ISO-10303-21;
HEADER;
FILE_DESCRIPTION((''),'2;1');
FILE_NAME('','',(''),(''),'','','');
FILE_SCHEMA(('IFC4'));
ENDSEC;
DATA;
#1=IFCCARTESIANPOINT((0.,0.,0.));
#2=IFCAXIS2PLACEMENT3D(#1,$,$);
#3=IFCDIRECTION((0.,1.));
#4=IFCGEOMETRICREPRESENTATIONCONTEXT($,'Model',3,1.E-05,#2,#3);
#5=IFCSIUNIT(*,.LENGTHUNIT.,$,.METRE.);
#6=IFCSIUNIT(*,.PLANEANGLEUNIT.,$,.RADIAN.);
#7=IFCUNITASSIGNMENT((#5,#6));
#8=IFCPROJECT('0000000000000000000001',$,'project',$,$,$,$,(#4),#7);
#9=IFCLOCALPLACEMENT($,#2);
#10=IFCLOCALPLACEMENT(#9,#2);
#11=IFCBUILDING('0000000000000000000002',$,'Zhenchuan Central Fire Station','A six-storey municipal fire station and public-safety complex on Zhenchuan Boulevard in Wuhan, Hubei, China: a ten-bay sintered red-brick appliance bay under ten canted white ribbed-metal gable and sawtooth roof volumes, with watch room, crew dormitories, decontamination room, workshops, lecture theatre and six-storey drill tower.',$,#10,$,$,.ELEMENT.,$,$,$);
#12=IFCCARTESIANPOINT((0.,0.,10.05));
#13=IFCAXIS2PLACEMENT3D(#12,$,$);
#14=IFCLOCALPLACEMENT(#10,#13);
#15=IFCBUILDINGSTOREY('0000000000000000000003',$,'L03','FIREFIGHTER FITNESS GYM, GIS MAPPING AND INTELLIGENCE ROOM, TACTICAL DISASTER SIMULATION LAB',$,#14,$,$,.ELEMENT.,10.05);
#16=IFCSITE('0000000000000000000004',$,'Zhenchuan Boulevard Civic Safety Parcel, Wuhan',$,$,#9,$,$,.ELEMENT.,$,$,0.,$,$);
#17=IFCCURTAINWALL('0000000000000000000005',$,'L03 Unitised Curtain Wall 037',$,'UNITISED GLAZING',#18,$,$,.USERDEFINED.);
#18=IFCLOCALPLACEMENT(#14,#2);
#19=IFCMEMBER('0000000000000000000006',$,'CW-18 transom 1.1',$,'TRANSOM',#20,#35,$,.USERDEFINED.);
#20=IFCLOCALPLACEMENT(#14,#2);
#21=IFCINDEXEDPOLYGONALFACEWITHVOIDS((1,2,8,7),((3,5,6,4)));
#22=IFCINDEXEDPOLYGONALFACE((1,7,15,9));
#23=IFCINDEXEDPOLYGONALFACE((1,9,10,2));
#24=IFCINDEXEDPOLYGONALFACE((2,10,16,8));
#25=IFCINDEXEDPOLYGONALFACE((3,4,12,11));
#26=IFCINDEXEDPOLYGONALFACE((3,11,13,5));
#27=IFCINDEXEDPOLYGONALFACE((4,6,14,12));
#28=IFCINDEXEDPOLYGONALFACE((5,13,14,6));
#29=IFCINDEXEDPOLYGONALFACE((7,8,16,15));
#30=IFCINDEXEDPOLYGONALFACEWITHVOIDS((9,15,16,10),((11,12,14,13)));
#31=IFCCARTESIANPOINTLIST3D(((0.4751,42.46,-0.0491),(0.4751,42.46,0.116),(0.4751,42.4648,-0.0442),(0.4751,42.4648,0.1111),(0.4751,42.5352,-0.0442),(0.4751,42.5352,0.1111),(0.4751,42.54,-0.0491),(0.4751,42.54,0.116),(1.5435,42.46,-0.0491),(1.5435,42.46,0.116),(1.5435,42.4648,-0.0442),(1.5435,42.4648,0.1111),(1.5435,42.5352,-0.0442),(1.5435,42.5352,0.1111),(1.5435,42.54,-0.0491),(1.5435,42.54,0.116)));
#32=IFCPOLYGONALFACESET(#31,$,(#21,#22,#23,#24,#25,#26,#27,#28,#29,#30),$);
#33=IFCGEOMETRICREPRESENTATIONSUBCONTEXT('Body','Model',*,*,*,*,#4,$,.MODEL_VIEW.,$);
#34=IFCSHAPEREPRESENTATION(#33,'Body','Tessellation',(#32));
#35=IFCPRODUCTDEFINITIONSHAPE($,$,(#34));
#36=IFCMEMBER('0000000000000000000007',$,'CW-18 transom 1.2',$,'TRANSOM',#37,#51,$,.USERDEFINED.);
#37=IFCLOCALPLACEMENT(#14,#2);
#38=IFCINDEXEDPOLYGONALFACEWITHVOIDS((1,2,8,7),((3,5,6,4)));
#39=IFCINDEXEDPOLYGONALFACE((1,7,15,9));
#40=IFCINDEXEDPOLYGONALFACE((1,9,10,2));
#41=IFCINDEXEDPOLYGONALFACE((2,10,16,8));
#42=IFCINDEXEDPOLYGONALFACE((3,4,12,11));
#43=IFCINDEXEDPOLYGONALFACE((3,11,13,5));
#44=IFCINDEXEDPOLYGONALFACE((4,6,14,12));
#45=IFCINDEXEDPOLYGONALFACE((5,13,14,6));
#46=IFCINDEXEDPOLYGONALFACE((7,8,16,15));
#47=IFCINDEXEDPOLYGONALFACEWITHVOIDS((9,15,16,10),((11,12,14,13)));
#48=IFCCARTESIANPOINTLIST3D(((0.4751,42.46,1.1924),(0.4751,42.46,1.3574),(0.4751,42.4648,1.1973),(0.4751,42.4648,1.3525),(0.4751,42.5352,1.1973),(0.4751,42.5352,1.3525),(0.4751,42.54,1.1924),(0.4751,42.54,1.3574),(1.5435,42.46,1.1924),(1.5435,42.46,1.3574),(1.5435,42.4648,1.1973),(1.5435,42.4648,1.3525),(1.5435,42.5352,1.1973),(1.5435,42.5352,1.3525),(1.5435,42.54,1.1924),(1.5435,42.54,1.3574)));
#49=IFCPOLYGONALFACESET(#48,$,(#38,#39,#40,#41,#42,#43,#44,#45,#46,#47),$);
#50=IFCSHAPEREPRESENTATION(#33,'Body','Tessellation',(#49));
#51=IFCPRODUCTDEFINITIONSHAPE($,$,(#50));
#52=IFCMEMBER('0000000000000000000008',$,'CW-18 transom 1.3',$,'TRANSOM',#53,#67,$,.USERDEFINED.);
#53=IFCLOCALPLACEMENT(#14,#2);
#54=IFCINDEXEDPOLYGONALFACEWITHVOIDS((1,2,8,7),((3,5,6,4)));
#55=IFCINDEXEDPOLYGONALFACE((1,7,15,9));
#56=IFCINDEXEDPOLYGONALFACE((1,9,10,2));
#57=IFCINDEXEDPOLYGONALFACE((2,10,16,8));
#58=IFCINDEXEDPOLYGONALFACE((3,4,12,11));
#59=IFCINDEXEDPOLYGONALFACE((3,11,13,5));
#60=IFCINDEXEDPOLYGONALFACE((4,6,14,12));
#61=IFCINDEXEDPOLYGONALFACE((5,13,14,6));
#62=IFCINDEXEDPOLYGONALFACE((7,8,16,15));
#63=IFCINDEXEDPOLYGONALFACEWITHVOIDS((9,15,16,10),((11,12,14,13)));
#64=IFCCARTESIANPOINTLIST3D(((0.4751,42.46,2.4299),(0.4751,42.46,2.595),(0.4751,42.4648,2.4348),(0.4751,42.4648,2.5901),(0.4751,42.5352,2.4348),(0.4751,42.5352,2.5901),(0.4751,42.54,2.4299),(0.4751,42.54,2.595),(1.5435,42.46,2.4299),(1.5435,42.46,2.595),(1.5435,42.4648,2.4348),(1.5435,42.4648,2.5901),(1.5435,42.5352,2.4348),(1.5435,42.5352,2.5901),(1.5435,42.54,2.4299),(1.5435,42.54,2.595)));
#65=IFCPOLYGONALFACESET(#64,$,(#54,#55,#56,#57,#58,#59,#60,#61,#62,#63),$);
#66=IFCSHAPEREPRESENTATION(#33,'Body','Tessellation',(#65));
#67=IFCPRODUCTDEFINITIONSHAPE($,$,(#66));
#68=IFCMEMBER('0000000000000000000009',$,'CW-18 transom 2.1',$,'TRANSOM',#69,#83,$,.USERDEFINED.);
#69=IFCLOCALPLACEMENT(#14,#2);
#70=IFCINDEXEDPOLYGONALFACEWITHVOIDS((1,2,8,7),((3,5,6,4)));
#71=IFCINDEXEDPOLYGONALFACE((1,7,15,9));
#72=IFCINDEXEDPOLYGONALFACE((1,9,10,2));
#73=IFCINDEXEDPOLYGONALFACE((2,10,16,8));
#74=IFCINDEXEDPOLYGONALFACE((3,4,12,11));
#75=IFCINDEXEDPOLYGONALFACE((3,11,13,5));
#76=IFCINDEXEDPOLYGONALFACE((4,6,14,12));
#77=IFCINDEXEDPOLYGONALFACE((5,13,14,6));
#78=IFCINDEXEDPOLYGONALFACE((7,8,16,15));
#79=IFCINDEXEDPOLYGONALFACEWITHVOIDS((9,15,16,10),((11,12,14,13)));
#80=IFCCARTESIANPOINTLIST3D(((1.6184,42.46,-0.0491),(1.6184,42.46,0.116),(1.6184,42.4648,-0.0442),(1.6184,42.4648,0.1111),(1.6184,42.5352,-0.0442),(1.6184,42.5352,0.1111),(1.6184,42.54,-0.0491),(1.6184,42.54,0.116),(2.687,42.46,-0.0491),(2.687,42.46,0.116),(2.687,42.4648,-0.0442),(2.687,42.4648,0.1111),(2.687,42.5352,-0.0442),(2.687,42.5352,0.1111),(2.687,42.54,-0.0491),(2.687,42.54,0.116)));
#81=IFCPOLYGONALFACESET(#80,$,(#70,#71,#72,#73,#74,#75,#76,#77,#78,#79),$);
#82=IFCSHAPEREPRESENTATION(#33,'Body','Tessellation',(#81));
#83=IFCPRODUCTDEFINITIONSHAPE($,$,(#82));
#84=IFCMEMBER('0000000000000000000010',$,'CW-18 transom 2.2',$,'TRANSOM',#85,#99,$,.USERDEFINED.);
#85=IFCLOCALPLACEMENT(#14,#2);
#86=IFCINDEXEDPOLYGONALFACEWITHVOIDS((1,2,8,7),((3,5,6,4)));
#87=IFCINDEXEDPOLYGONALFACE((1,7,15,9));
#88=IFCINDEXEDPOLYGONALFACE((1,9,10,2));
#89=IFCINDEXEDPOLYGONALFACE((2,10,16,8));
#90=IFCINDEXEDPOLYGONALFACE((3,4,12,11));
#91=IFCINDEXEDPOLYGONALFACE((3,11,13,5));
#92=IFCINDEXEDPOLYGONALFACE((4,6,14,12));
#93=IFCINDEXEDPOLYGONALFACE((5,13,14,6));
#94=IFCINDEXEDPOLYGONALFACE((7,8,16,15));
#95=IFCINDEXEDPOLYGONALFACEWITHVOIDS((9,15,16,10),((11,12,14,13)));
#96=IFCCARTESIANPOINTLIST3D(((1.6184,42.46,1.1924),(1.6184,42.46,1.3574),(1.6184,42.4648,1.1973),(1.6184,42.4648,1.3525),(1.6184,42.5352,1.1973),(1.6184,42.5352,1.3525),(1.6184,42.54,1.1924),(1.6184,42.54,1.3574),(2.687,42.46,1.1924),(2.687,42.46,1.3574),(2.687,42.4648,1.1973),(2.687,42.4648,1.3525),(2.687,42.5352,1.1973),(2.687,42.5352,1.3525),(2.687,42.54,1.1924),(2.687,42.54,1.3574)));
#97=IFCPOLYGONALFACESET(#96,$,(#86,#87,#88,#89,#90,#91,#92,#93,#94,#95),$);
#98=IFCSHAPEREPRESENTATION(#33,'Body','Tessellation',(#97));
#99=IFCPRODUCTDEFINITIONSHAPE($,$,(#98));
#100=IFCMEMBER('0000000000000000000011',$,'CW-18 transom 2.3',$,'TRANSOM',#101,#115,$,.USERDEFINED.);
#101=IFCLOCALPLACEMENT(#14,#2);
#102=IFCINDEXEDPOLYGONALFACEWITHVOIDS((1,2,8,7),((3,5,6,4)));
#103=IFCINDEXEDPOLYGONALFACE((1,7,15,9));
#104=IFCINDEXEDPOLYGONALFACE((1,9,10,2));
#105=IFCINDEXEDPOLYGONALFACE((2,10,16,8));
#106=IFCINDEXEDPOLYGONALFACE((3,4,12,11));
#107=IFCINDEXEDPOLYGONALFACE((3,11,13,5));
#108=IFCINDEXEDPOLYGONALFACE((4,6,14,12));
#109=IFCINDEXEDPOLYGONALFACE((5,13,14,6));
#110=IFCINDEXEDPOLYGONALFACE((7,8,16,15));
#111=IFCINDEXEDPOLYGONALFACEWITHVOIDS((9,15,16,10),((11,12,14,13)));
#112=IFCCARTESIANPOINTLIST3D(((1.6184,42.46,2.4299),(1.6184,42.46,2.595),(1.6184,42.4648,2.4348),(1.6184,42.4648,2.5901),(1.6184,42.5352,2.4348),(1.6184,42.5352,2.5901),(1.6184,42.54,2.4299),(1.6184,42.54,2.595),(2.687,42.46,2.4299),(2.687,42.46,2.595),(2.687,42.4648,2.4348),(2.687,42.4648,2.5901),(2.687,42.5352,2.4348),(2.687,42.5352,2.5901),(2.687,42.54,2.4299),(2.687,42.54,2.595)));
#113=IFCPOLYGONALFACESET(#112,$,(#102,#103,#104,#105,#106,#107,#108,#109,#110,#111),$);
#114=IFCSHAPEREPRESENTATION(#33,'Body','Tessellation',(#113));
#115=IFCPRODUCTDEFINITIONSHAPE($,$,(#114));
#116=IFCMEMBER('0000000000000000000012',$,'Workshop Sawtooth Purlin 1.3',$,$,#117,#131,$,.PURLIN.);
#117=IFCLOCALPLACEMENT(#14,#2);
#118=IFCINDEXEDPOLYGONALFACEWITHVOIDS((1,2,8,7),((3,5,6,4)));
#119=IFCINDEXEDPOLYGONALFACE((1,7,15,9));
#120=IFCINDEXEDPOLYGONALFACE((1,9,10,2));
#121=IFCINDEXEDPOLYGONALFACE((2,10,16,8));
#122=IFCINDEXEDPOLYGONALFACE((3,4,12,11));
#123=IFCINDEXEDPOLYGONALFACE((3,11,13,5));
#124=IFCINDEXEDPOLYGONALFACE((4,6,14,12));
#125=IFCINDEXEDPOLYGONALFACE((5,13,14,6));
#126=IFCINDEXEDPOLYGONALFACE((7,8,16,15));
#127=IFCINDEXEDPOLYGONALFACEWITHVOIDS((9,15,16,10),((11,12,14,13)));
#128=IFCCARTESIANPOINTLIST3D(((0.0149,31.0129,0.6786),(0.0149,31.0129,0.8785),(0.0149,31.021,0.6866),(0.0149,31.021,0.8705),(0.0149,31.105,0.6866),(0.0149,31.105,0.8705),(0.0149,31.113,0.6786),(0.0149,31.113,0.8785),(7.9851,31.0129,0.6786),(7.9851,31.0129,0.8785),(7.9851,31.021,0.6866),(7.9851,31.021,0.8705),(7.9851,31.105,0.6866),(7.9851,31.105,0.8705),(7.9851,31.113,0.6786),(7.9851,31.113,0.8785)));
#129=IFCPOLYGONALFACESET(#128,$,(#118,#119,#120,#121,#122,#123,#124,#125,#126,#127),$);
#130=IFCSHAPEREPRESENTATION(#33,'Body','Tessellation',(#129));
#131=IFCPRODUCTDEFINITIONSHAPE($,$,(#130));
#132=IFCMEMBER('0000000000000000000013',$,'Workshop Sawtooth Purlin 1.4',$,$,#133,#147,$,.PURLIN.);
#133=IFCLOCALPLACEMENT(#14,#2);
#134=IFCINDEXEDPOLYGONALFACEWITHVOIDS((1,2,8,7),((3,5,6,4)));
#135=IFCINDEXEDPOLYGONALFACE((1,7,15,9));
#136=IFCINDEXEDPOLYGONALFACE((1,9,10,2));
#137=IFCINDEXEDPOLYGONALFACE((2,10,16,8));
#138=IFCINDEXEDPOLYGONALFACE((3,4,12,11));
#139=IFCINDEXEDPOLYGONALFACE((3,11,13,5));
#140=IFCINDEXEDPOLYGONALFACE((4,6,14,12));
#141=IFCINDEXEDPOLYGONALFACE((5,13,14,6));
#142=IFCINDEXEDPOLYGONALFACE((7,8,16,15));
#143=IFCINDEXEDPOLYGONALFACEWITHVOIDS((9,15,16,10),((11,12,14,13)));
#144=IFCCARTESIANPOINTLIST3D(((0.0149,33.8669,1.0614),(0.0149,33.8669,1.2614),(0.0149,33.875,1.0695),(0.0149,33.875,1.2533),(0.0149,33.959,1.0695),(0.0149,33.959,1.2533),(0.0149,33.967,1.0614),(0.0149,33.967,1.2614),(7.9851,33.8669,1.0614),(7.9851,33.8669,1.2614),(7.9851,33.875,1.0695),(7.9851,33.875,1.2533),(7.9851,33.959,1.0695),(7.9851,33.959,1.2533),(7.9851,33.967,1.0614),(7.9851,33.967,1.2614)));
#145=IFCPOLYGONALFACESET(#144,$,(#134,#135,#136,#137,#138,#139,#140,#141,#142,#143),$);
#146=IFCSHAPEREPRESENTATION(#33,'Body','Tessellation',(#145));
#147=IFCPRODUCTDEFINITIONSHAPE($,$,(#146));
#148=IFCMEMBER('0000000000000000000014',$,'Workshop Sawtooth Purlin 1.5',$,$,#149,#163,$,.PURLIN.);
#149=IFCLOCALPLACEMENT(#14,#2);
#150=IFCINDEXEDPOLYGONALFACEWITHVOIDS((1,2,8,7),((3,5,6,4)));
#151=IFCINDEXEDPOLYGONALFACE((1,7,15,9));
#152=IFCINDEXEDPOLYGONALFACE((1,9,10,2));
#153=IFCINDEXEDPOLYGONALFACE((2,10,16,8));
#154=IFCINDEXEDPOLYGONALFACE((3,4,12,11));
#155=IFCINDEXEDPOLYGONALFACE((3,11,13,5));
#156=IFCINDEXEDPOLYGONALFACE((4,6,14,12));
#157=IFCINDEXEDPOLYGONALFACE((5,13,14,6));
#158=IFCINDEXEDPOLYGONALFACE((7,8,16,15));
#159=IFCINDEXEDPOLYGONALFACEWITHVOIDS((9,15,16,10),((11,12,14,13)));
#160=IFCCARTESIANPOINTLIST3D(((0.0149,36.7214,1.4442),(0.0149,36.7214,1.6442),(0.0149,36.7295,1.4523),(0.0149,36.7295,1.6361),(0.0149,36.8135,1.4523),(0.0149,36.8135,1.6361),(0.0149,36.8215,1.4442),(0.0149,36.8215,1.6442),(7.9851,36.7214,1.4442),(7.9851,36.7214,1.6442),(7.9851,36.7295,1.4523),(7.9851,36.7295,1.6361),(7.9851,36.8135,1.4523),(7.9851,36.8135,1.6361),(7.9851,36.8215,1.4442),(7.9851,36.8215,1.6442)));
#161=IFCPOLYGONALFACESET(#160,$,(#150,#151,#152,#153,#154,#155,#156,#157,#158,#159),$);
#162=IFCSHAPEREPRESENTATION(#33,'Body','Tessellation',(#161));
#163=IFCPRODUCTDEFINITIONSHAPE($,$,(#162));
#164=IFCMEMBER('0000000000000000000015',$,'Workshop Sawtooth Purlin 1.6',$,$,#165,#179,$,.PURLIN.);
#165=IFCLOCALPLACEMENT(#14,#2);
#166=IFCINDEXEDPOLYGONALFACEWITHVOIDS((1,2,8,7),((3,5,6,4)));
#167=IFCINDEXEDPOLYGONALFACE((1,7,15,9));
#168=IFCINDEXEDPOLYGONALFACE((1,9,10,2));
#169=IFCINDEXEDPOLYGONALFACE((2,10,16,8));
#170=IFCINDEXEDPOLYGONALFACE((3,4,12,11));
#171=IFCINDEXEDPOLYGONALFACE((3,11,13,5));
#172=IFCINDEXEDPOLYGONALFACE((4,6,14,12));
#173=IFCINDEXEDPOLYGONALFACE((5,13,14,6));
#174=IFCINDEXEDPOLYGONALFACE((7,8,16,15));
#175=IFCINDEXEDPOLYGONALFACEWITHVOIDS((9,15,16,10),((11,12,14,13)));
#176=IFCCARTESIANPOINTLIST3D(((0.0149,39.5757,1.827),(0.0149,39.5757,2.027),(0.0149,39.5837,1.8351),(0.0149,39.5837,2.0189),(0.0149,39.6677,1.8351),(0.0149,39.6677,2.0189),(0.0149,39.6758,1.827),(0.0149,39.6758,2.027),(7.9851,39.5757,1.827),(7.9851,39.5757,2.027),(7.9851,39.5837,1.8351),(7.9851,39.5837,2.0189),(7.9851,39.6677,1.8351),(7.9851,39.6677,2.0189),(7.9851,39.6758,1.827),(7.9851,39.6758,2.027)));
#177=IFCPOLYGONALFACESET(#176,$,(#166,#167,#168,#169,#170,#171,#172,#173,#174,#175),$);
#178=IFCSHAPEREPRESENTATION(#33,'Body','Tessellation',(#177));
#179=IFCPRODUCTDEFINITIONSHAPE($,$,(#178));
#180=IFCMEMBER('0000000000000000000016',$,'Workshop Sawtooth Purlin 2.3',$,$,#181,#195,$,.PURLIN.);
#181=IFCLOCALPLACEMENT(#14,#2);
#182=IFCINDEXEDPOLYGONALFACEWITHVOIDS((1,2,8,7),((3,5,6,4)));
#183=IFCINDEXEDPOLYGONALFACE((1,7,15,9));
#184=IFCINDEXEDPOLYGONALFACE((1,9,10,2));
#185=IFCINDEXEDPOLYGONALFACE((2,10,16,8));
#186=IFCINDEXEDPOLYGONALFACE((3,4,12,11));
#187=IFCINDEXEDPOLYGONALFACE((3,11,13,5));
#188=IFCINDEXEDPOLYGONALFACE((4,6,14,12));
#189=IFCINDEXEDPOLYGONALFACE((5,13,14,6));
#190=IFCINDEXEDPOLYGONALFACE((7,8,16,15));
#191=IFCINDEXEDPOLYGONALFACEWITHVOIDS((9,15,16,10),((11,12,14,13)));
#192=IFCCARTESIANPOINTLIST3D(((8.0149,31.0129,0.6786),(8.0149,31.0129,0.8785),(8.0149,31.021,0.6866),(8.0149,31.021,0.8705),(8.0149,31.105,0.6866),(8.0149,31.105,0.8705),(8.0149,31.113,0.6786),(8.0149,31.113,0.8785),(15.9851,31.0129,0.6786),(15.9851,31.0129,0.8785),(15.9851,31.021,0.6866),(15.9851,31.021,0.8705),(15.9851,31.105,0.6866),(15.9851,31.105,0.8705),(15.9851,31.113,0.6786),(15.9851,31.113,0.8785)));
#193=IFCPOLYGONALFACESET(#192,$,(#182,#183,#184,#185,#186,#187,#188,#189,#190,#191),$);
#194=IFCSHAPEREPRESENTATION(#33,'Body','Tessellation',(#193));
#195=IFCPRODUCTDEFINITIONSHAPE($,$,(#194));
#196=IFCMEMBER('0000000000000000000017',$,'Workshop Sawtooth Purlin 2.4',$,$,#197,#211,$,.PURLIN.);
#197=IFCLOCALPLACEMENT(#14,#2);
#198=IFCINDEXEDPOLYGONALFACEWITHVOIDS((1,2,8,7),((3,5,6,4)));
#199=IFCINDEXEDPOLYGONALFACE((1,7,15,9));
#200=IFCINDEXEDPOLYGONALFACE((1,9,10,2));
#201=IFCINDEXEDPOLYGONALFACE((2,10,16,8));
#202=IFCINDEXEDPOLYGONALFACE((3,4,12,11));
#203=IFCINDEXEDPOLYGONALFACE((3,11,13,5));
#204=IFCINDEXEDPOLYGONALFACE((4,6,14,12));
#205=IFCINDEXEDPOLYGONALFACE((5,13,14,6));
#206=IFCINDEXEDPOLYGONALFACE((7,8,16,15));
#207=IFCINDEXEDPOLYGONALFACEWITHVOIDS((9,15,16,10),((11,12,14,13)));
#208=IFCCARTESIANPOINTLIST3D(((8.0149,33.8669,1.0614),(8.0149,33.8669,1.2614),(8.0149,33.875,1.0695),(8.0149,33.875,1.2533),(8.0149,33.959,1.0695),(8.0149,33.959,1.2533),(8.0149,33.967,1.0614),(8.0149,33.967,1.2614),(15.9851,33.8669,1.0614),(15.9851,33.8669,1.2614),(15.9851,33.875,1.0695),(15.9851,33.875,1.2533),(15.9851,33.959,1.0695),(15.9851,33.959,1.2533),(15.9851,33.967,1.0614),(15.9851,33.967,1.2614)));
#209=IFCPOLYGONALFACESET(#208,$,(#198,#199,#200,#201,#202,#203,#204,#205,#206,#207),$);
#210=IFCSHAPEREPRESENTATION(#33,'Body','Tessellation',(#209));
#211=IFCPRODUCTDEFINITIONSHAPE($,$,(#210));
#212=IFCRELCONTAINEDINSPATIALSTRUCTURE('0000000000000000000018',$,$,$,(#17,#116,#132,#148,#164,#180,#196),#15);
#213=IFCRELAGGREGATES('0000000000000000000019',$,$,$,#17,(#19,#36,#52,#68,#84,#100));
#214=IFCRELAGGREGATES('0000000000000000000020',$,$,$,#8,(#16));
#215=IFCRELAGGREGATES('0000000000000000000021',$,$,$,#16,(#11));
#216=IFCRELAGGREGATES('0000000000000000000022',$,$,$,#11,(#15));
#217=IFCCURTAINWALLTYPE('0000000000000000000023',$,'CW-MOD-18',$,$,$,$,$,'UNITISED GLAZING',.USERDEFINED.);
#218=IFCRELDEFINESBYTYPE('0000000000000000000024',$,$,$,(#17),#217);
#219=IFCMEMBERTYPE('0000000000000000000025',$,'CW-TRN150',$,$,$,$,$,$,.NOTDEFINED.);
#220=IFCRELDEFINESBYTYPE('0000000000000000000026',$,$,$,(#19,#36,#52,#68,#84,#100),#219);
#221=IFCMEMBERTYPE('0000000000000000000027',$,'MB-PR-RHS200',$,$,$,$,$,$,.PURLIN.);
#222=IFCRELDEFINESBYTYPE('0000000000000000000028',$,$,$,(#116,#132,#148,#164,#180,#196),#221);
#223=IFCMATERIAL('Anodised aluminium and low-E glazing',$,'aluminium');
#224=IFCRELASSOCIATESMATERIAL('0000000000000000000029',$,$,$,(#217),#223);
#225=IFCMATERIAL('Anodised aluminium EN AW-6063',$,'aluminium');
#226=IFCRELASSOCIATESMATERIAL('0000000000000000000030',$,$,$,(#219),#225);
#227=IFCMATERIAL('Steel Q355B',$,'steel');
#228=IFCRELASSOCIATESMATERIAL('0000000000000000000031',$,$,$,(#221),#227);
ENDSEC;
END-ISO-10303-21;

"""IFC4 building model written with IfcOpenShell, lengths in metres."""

from ifc_helpers import new_model, si_unit, direction, frame, origin, origin_2d, place, context, subcontext, project, spatial, hollow_rectangle, extrude, material, material_profile, profile_set, type_object, element, aggregate, save


model = new_model("IFC4")

# Units and contexts
model_context = context("Model", 3, precision=1e-05, world=origin(), true_north=direction((0.0, 1.0)))
body_context = subcontext(model_context, "Body", "Model", "MODEL_VIEW")
ifc_project = project(units=[si_unit("LENGTHUNIT", "METRE"), si_unit("PLANEANGLEUNIT", "RADIAN")], contexts=[model_context])

# Site, building, storey
site_placement = place(None, origin())
site = spatial("IfcSite", under=ifc_project, at=site_placement, Name="Zhenchuan Boulevard Civic Safety Parcel, Wuhan", CompositionType="ELEMENT", RefElevation=0.0)
building_placement = place(site_placement, origin())
building = spatial("IfcBuilding", under=site, at=building_placement, Name="Zhenchuan Central Fire Station", Description="A six-storey municipal fire station and public-safety complex on Zhenchuan Boulevard in Wuhan, Hubei, China: a ten-bay sintered red-brick appliance bay under ten canted white ribbed-metal gable and sawtooth roof volumes, with watch room, crew dormitories, decontamination room, workshops, lecture theatre and six-storey drill tower.", CompositionType="ELEMENT")
storey_placement = place(building_placement, frame((0.0, 0.0, 10.05)))
storey = spatial("IfcBuildingStorey", under=building, at=storey_placement, Name="L03", Description="FIREFIGHTER FITNESS GYM, GIS MAPPING AND INTELLIGENCE ROOM, TACTICAL DISASTER SIMULATION LAB", CompositionType="ELEMENT", Elevation=10.05)

# Shared definitions
ifc_material_1 = material(Name="Steel Q355B", Category="steel")

# Curtain wall, members
ifc_material_2 = material(Name="Anodised aluminium and low-E glazing", Category="aluminium")
curtain_wall_type = type_object("IfcCurtainWallType", Name="CW-MOD-18", ElementType="UNITISED GLAZING", PredefinedType="USERDEFINED", material=ifc_material_2)
curtain_wall_placement = place(storey_placement, origin())
curtain_wall = element("IfcCurtainWall", 1, at=curtain_wall_placement, inside=storey, type_object=curtain_wall_type, Name="L03 Unitised Curtain Wall 037", ObjectType="UNITISED GLAZING", PredefinedType="USERDEFINED")
ifc_material_3 = material(Name="Anodised aluminium EN AW-6063", Category="aluminium")
ifc_material_profile_1 = material_profile(ifc_material_3, hollow_rectangle(XDim=0.0801, YDim=0.165, WallThickness=0.0049, at=origin_2d()), Name="ALU-T 165x80")
ifc_profile_set_1 = profile_set([ifc_material_profile_1], Name="Anodised aluminium EN AW-6063")
member_type_1 = type_object("IfcMemberType", Name="CW-TRN150", PredefinedType="NOTDEFINED", material=ifc_profile_set_1)
member_1_placement = place(storey_placement, frame((0.4751, 42.5, 0.0334), z_axis=(1.0, 0.0, 0.0), x_axis=(0.0, 1.0, 0.0)))
member_1 = element("IfcMember", 2, at=member_1_placement, type_object=member_type_1, Name="CW-18 transom 1.1", ObjectType="TRANSOM", PredefinedType="USERDEFINED", context=body_context, shape_type="SweptSolid", body=[
    extrude(hollow_rectangle(XDim=0.0801, YDim=0.165, WallThickness=0.0049, at=origin_2d()), origin(), (0.0, 0.0, 1.0), 1.0684),
])
member_2_placement = place(storey_placement, frame((0.4751, 42.5, 1.2749), z_axis=(1.0, 0.0, 0.0), x_axis=(0.0, 1.0, 0.0)))
member_2 = element("IfcMember", 3, at=member_2_placement, type_object=member_type_1, Name="CW-18 transom 1.2", ObjectType="TRANSOM", PredefinedType="USERDEFINED", context=body_context, shape_type="SweptSolid", body=[
    extrude(hollow_rectangle(XDim=0.0801, YDim=0.165, WallThickness=0.0049, at=origin_2d()), origin(), (0.0, 0.0, 1.0), 1.0684),
])
member_3_placement = place(storey_placement, frame((0.4751, 42.5, 2.5125), z_axis=(1.0, 0.0, 0.0), x_axis=(0.0, 1.0, 0.0)))
member_3 = element("IfcMember", 4, at=member_3_placement, type_object=member_type_1, Name="CW-18 transom 1.3", ObjectType="TRANSOM", PredefinedType="USERDEFINED", context=body_context, shape_type="SweptSolid", body=[
    extrude(hollow_rectangle(XDim=0.0801, YDim=0.165, WallThickness=0.0049, at=origin_2d()), origin(), (0.0, 0.0, 1.0), 1.0684),
])
member_4_placement = place(storey_placement, frame((1.6184, 42.5, 0.0334), z_axis=(1.0, 0.0, 0.0), x_axis=(0.0, 1.0, 0.0)))
member_4 = element("IfcMember", 5, at=member_4_placement, type_object=member_type_1, Name="CW-18 transom 2.1", ObjectType="TRANSOM", PredefinedType="USERDEFINED", context=body_context, shape_type="SweptSolid", body=[
    extrude(hollow_rectangle(XDim=0.0801, YDim=0.165, WallThickness=0.0049, at=origin_2d()), origin(), (0.0, 0.0, 1.0), 1.0686),
])
member_5_placement = place(storey_placement, frame((1.6184, 42.5, 1.2749), z_axis=(1.0, 0.0, 0.0), x_axis=(0.0, 1.0, 0.0)))
member_5 = element("IfcMember", 6, at=member_5_placement, type_object=member_type_1, Name="CW-18 transom 2.2", ObjectType="TRANSOM", PredefinedType="USERDEFINED", context=body_context, shape_type="SweptSolid", body=[
    extrude(hollow_rectangle(XDim=0.0801, YDim=0.165, WallThickness=0.0049, at=origin_2d()), origin(), (0.0, 0.0, 1.0), 1.0686),
])
member_6_placement = place(storey_placement, frame((1.6184, 42.5, 2.5125), z_axis=(1.0, 0.0, 0.0), x_axis=(0.0, 1.0, 0.0)))
member_6 = element("IfcMember", 7, at=member_6_placement, type_object=member_type_1, Name="CW-18 transom 2.3", ObjectType="TRANSOM", PredefinedType="USERDEFINED", context=body_context, shape_type="SweptSolid", body=[
    extrude(hollow_rectangle(XDim=0.0801, YDim=0.165, WallThickness=0.0049, at=origin_2d()), origin(), (0.0, 0.0, 1.0), 1.0686),
])

# Members
ifc_material_profile_2 = material_profile(ifc_material_1, hollow_rectangle(XDim=0.1001, YDim=0.2, WallThickness=0.0081, at=origin_2d()), Name="RHS 200x100x8")
ifc_profile_set_2 = profile_set([ifc_material_profile_2], Name="Steel Q355B")
member_type_2 = type_object("IfcMemberType", Name="MB-PR-RHS200", PredefinedType="PURLIN", material=ifc_profile_set_2)
for number, where, z_axis, x_axis, name in (
    (8, (0.0149, 31.063, 0.7786), (1.0, 0.0, 0.0), (0.0, 1.0, 0.0), "Workshop Sawtooth Purlin 1.3"),
    (9, (0.0149, 33.917, 1.1614), (1.0, 0.0, 0.0), (0.0, 1.0, 0.0), "Workshop Sawtooth Purlin 1.4"),
    (10, (0.0149, 36.7715, 1.5442), (1.0, 0.0, 0.0), (0.0, 1.0, 0.0), "Workshop Sawtooth Purlin 1.5"),
    (11, (0.0149, 39.6257, 1.927), (1.0, 0.0, 0.0), (0.0, 1.0, 0.0), "Workshop Sawtooth Purlin 1.6"),
    (12, (8.0149, 31.063, 0.7786), (1.0, 0.0, 0.0), (0.0, 1.0, 0.0), "Workshop Sawtooth Purlin 2.3"),
    (13, (8.0149, 33.917, 1.1614), (1.0, 0.0, 0.0), (0.0, 1.0, 0.0), "Workshop Sawtooth Purlin 2.4"),
):
    element("IfcMember", number, at=place(storey_placement, frame(where, z_axis=z_axis, x_axis=x_axis)), inside=storey, type_object=member_type_2, Name=name, PredefinedType="PURLIN", context=body_context, shape_type="SweptSolid", body=[
        extrude(hollow_rectangle(XDim=0.1001, YDim=0.2, WallThickness=0.0081, at=origin_2d()), origin(), (0.0, 0.0, 1.0), 7.9702),
    ])

aggregate(curtain_wall, [member_1, member_2, member_3, member_4, member_5, member_6])

save(model, "model.ifc")
